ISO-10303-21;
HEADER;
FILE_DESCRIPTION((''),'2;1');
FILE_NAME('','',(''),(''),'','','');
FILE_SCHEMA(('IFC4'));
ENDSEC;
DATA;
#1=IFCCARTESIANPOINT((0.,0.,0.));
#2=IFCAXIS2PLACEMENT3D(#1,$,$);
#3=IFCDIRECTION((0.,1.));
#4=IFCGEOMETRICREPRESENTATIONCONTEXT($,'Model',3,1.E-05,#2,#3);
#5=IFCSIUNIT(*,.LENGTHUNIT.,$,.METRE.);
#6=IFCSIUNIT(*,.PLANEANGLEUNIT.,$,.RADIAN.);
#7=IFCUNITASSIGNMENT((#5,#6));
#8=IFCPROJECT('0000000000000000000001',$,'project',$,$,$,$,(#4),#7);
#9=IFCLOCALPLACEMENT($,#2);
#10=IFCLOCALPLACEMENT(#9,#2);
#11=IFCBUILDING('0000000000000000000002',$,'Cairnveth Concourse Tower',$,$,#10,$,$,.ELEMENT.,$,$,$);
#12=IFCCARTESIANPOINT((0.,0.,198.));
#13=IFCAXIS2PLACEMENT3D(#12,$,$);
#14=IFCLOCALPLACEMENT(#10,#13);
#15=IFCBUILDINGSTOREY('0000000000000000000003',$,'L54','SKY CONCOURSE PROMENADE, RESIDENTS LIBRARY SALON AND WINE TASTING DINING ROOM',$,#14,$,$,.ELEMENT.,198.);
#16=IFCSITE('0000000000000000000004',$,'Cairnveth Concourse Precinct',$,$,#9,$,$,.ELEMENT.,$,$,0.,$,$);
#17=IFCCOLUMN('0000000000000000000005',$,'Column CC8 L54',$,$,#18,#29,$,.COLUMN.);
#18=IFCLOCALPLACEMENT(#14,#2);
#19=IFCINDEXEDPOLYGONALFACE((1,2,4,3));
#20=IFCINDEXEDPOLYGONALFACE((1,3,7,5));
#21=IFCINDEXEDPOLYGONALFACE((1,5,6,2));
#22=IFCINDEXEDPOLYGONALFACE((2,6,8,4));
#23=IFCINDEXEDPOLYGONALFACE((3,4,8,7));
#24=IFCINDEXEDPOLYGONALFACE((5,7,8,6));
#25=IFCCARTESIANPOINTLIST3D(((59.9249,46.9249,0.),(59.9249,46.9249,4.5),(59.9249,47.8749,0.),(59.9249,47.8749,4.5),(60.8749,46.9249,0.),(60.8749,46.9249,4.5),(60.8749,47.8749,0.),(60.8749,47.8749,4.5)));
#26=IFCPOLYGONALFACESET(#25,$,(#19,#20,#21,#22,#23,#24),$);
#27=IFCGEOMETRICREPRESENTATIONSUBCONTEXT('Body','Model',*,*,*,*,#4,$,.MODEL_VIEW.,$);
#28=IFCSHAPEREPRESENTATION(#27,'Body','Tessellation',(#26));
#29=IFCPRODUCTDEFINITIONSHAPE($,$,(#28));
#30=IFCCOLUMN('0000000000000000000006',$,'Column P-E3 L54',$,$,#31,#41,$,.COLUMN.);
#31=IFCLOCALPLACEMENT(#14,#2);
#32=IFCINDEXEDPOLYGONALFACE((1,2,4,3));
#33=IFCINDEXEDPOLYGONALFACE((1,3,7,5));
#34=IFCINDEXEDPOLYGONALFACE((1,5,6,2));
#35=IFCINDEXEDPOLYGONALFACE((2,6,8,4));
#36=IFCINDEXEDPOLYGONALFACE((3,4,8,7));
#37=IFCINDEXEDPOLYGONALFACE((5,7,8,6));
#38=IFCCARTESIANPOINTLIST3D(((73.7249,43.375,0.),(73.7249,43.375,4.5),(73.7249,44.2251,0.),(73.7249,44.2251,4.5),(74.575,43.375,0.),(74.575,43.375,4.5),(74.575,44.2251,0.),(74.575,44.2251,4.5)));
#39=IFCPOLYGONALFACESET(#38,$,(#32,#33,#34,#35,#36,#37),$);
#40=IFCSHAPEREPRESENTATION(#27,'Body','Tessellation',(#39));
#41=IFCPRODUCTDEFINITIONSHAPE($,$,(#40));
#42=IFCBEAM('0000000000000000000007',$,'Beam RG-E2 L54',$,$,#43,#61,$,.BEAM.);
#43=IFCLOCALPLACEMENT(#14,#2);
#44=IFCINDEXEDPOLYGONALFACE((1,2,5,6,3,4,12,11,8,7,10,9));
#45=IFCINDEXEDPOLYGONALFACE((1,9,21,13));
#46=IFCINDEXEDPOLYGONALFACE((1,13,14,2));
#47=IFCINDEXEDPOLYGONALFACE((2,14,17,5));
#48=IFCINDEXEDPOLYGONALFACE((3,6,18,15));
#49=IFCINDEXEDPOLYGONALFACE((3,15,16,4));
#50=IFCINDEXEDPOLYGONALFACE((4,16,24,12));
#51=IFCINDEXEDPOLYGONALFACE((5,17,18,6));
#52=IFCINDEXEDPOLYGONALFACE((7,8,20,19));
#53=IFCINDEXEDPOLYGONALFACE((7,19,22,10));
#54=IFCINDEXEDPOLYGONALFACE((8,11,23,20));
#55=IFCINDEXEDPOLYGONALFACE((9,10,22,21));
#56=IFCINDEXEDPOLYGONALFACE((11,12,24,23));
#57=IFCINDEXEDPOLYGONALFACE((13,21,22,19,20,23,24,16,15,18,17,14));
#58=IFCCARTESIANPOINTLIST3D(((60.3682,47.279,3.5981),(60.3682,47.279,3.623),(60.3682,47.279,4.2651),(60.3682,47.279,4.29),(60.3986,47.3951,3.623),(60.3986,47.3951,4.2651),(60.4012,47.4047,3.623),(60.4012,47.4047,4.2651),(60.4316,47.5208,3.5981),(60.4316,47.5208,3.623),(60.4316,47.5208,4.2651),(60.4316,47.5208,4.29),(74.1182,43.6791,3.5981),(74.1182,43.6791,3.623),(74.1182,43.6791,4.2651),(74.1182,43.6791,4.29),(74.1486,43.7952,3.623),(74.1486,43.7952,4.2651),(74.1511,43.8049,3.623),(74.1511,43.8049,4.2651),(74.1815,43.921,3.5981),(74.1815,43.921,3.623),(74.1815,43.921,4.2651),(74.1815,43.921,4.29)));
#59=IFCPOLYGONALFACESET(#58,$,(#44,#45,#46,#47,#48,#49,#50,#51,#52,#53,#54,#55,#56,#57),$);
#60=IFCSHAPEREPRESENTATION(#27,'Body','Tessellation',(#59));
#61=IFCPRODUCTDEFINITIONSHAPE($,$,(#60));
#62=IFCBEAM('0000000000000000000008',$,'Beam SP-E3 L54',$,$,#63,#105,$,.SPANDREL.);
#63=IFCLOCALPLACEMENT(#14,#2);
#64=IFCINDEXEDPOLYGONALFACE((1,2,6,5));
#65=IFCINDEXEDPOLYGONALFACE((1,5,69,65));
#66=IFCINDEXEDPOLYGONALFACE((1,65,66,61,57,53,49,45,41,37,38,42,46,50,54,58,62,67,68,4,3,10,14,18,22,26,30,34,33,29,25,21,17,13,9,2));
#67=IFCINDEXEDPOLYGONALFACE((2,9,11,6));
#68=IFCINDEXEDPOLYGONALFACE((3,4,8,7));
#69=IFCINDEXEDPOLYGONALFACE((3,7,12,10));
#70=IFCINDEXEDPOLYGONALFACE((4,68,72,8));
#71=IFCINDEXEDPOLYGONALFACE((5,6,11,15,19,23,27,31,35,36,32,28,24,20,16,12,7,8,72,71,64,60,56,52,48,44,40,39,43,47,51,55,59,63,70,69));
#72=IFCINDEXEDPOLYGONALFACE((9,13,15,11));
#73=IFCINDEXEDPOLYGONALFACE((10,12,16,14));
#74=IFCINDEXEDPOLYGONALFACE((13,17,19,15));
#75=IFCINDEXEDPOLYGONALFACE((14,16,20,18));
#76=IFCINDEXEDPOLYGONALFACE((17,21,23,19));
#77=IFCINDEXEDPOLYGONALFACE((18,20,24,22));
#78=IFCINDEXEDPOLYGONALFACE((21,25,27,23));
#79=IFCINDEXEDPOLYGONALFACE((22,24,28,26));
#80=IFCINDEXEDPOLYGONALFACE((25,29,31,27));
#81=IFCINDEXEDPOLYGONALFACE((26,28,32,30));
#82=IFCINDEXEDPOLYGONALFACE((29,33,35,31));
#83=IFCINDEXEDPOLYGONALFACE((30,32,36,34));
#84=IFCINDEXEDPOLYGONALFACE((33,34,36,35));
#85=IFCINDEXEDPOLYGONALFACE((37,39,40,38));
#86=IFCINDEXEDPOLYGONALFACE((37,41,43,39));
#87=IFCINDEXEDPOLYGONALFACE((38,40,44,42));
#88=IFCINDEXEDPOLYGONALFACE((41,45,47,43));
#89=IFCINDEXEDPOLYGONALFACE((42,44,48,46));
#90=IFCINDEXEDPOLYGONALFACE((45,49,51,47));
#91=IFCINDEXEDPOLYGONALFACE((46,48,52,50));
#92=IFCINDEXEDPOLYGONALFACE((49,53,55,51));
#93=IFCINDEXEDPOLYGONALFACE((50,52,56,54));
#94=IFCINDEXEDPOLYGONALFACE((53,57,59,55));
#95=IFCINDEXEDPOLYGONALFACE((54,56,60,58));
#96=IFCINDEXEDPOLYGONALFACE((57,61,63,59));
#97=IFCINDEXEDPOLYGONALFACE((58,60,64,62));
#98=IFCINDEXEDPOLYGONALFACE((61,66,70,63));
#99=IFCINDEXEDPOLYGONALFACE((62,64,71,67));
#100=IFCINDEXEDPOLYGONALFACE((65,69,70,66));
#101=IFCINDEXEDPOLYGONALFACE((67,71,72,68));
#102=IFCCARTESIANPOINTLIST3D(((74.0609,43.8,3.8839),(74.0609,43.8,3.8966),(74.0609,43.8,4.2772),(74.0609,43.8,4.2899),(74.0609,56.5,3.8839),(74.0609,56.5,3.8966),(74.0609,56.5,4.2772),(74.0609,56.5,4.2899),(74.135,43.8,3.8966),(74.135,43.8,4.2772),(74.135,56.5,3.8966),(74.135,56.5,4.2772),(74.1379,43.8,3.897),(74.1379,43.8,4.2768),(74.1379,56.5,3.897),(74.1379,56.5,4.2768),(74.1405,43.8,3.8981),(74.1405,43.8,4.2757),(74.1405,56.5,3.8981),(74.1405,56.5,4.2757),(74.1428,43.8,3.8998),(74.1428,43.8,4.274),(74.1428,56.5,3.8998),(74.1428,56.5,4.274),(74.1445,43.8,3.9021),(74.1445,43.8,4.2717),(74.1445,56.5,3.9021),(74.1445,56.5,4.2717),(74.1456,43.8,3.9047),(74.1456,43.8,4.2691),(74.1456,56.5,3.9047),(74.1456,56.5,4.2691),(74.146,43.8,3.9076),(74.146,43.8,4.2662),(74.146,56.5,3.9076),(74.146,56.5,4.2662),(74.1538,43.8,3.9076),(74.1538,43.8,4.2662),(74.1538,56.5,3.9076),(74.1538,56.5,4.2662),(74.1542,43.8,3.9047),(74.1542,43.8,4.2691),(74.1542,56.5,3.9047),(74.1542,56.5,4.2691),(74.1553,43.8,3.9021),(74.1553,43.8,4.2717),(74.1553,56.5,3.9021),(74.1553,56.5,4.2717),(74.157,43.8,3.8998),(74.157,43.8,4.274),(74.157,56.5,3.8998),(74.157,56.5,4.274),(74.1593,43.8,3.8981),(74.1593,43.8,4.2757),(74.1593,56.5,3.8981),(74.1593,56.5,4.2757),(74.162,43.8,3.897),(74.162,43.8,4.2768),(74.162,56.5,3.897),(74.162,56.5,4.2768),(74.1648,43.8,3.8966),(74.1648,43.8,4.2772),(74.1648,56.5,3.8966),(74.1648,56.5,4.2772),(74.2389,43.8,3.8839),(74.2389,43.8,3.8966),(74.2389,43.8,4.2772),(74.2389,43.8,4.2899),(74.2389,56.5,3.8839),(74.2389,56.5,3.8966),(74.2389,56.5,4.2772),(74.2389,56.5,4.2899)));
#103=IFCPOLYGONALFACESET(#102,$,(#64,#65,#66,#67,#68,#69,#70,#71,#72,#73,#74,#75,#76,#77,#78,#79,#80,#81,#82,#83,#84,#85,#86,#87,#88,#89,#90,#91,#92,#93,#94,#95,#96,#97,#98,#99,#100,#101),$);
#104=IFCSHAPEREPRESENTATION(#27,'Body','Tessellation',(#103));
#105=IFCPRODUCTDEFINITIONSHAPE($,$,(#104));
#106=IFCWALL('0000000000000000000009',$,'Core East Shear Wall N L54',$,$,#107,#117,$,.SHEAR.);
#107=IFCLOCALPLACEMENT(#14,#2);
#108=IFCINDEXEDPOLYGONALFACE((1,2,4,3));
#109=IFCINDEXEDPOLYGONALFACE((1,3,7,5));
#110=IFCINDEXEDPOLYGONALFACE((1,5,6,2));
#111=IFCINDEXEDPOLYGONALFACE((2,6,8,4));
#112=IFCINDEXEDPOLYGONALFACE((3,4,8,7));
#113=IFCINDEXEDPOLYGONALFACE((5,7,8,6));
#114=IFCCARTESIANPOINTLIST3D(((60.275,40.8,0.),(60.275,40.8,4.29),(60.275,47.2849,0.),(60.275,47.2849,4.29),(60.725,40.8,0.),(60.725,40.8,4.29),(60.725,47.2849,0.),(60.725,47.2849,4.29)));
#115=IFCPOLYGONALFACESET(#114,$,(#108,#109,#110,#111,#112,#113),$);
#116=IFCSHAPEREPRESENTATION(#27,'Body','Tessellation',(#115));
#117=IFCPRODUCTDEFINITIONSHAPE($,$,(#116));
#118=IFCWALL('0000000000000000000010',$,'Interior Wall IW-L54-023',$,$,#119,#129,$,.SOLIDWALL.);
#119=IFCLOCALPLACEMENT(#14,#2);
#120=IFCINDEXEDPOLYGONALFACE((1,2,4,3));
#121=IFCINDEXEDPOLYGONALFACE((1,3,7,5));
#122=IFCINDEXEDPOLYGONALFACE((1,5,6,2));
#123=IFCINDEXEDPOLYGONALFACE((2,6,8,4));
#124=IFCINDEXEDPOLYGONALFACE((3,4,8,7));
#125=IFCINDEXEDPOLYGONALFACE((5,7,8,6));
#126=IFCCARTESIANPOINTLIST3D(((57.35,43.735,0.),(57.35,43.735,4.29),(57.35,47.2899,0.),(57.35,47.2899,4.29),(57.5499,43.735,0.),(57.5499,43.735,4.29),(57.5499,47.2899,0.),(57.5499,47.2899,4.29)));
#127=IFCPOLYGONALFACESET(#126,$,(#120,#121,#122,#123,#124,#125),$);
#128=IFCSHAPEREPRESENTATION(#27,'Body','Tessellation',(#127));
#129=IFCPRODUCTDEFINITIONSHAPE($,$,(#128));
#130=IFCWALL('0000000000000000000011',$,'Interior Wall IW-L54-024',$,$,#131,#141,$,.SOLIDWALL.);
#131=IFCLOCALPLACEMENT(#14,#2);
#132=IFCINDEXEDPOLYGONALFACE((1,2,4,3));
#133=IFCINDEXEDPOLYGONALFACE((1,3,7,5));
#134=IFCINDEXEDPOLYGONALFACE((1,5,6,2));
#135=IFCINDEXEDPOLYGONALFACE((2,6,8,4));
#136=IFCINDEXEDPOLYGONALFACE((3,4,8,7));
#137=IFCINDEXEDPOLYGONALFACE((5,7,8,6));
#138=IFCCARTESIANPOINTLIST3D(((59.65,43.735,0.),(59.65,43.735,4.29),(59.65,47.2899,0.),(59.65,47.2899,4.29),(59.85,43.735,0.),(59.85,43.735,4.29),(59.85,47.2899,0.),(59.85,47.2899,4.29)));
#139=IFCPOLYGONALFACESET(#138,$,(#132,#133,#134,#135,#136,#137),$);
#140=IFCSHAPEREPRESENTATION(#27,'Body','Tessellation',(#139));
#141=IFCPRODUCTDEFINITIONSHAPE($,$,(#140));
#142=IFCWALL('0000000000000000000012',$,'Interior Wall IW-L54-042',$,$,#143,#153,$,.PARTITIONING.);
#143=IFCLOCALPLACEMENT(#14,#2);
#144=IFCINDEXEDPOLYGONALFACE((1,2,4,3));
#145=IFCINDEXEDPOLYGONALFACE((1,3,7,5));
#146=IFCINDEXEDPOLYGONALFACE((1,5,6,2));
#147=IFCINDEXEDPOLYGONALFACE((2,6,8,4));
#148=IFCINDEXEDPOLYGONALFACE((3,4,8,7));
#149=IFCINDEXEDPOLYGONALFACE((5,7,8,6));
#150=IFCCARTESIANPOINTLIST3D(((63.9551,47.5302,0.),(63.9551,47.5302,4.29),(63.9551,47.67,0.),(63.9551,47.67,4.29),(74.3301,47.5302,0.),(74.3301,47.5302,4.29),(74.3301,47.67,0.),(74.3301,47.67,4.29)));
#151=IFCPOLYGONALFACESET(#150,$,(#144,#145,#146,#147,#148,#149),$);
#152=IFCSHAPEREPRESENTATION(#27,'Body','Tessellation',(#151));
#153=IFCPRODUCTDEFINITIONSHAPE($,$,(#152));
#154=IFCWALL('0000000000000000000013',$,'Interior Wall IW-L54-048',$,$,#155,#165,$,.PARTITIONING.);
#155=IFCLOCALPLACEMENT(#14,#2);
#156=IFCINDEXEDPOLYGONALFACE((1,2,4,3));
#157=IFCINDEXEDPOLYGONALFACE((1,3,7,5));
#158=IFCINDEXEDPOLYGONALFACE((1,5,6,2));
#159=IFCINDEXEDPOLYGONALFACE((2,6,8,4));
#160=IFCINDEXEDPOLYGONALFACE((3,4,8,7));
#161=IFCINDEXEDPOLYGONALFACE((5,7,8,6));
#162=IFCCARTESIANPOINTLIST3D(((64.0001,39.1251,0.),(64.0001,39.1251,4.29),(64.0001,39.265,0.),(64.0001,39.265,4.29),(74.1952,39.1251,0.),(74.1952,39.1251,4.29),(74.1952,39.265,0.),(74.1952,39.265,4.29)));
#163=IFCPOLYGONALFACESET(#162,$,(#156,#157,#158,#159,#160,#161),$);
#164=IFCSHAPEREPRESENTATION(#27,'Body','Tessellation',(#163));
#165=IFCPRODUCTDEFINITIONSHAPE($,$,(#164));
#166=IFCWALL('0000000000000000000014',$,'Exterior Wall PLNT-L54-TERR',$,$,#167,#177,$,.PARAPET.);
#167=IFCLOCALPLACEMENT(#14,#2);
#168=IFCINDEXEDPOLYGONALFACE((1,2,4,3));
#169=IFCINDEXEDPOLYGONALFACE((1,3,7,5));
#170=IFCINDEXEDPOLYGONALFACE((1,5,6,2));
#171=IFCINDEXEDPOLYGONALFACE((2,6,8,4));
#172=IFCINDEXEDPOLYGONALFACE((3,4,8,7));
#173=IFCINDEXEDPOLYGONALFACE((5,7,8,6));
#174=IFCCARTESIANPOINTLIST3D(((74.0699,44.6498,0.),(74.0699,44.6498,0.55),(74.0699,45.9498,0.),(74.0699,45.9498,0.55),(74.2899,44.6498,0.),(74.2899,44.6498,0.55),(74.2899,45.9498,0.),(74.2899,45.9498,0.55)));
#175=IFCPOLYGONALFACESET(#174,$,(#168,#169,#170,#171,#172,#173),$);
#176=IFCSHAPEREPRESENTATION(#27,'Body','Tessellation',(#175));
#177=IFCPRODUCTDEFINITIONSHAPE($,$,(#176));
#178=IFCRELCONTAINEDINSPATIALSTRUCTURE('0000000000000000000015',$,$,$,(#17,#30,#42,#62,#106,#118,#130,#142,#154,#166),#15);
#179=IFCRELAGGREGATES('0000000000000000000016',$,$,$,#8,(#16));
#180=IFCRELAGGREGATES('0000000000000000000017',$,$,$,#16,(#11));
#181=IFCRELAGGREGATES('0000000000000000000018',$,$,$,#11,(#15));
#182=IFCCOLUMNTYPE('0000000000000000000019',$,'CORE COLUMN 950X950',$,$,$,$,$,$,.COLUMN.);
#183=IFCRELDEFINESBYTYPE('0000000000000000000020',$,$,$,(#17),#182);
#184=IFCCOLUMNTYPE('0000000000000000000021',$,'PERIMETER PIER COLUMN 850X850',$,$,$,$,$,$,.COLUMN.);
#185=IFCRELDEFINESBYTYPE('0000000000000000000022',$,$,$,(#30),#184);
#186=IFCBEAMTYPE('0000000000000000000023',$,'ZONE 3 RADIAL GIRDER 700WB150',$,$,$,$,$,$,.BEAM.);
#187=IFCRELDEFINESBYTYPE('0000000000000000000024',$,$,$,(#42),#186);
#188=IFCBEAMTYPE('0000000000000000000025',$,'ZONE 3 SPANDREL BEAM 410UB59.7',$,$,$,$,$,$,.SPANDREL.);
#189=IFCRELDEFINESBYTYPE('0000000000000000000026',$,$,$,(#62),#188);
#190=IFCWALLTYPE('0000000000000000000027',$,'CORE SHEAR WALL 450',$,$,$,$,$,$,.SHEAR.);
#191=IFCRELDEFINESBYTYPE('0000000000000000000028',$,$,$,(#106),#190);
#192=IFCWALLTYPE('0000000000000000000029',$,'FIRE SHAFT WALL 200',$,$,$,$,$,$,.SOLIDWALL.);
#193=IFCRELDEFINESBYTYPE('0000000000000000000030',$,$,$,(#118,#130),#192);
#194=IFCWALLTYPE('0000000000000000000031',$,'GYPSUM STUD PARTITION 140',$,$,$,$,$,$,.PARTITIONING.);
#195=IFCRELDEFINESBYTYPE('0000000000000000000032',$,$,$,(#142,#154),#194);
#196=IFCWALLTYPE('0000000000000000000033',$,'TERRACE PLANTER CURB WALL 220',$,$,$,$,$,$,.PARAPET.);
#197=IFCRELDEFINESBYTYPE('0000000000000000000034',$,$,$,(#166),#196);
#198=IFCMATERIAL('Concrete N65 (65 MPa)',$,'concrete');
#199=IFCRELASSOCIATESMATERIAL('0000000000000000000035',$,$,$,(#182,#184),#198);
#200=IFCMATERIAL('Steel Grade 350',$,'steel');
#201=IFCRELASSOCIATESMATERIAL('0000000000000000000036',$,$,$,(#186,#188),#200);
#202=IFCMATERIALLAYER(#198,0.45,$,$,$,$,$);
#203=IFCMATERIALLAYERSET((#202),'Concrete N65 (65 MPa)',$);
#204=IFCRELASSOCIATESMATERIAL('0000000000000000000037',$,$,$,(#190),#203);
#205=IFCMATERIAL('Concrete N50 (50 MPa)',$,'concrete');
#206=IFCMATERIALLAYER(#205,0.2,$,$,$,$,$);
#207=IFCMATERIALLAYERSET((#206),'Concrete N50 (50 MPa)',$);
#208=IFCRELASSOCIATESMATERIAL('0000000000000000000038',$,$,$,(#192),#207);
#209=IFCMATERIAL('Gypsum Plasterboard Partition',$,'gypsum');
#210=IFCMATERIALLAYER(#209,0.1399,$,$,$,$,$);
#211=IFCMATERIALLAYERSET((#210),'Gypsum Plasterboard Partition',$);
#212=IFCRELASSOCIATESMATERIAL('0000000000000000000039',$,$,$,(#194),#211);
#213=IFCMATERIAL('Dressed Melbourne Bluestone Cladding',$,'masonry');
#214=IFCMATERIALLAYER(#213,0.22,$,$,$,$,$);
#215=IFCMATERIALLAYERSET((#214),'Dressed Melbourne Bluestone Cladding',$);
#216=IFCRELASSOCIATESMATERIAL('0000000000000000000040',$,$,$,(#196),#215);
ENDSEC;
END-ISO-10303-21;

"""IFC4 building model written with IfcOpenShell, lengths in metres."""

from ifc_helpers import new_model, si_unit, direction, frame, frame_2d, origin, origin_2d, place, context, subcontext, project, spatial, rectangle, i_section, extrude, material, layer, layer_set, material_profile, profile_set, type_object, element, save


model = new_model("IFC4")

# Units and contexts
model_context = context("Model", 3, precision=1e-05, world=origin(), true_north=direction((0.0, 1.0)))
body_context = subcontext(model_context, "Body", "Model", "MODEL_VIEW")
ifc_project = project(units=[si_unit("LENGTHUNIT", "METRE"), si_unit("PLANEANGLEUNIT", "RADIAN")], contexts=[model_context])

# Site, building, storey
site_placement = place(None, origin())
site = spatial("IfcSite", under=ifc_project, at=site_placement, Name="Cairnveth Concourse Precinct", CompositionType="ELEMENT", RefElevation=0.0)
building_placement = place(site_placement, origin())
building = spatial("IfcBuilding", under=site, at=building_placement, Name="Cairnveth Concourse Tower", CompositionType="ELEMENT")
storey_placement = place(building_placement, frame((0.0, 0.0, 198.0)))
storey = spatial("IfcBuildingStorey", under=building, at=storey_placement, Name="L54", Description="SKY CONCOURSE PROMENADE, RESIDENTS LIBRARY SALON AND WINE TASTING DINING ROOM", CompositionType="ELEMENT", Elevation=198.0)

# Columns
ifc_material_1 = material(Name="Concrete N65 (65 MPa)", Category="concrete")
ifc_material_profile_1 = material_profile(ifc_material_1, rectangle(XDim=0.95, YDim=0.95, at=origin_2d()), Name="RC-COL-950x950")
ifc_profile_set_1 = profile_set([ifc_material_profile_1], Name="Concrete N65 (65 MPa)")
column_type_1 = type_object("IfcColumnType", Name="CORE COLUMN 950X950", PredefinedType="COLUMN", material=ifc_profile_set_1)
column_1_placement = place(storey_placement, frame((60.3999, 47.3999, 0.0), z_axis=(0.0, 0.0, 1.0), x_axis=(1.0, 0.0, 0.0)))
element("IfcColumn", 1, at=column_1_placement, inside=storey, type_object=column_type_1, Name="Column CC8 L54", PredefinedType="COLUMN", context=body_context, shape_type="SweptSolid", body=[
    extrude(rectangle(XDim=0.95, YDim=0.95, at=origin_2d()), origin(), (0.0, 0.0, 1.0), 4.5),
])
ifc_material_profile_2 = material_profile(ifc_material_1, rectangle(XDim=0.8501, YDim=0.8501, at=origin_2d()), Name="RC-COL-850x850")
ifc_profile_set_2 = profile_set([ifc_material_profile_2], Name="Concrete N65 (65 MPa)")
column_type_2 = type_object("IfcColumnType", Name="PERIMETER PIER COLUMN 850X850", PredefinedType="COLUMN", material=ifc_profile_set_2)
column_2_placement = place(storey_placement, frame((74.1499, 43.8, 0.0), z_axis=(0.0, 0.0, 1.0), x_axis=(0.0, 1.0, 0.0)))
element("IfcColumn", 2, at=column_2_placement, inside=storey, type_object=column_type_2, Name="Column P-E3 L54", PredefinedType="COLUMN", context=body_context, shape_type="SweptSolid", body=[
    extrude(rectangle(XDim=0.8501, YDim=0.8501, at=origin_2d()), origin(), (0.0, 0.0, 1.0), 4.5),
])

# Beams
ifc_material_2 = material(Name="Steel Grade 350", Category="steel")
ifc_material_profile_3 = material_profile(ifc_material_2, i_section(OverallWidth=0.25, OverallDepth=0.6919, WebThickness=0.01, FlangeThickness=0.0249, at=origin_2d()), Name="700WB150")
ifc_profile_set_3 = profile_set([ifc_material_profile_3], Name="Steel Grade 350")
beam_type_1 = type_object("IfcBeamType", Name="ZONE 3 RADIAL GIRDER 700WB150", PredefinedType="BEAM", material=ifc_profile_set_3)
beam_1_placement = place(storey_placement, frame((60.3999, 47.3999, 3.9441), z_axis=(0.967395, -0.253271, 0.0), x_axis=(0.253271, 0.967395, 0.0)))
element("IfcBeam", 3, at=beam_1_placement, inside=storey, type_object=beam_type_1, Name="Beam RG-E2 L54", PredefinedType="BEAM", context=body_context, shape_type="SweptSolid", body=[
    extrude(i_section(OverallWidth=0.25, OverallDepth=0.6919, WebThickness=0.01, FlangeThickness=0.0249, at=origin_2d()), origin(), (0.0, 0.0, 1.0), 14.2134),
])
ifc_material_profile_4 = material_profile(ifc_material_2, i_section(OverallWidth=0.178, OverallDepth=0.406, WebThickness=0.0078, FlangeThickness=0.0127, FilletRadius=0.011, at=origin_2d()), Name="410UB59.7")
ifc_profile_set_4 = profile_set([ifc_material_profile_4], Name="Steel Grade 350")
beam_type_2 = type_object("IfcBeamType", Name="ZONE 3 SPANDREL BEAM 410UB59.7", PredefinedType="SPANDREL", material=ifc_profile_set_4)
beam_2_placement = place(storey_placement, frame((74.1499, 43.8, 4.0869), z_axis=(0.0, 1.0, 0.0), x_axis=(-1.0, 0.0, 0.0)))
element("IfcBeam", 4, at=beam_2_placement, inside=storey, type_object=beam_type_2, Name="Beam SP-E3 L54", PredefinedType="SPANDREL", context=body_context, shape_type="SweptSolid", body=[
    extrude(i_section(OverallWidth=0.178, OverallDepth=0.406, WebThickness=0.0078, FlangeThickness=0.0127, FilletRadius=0.011, at=origin_2d()), origin(), (0.0, 0.0, 1.0), 12.7),
])

# Walls
ifc_layer_1 = layer(ifc_material_1, 0.45)
ifc_layer_set_1 = layer_set([ifc_layer_1], Name="Concrete N65 (65 MPa)")
wall_type_1 = type_object("IfcWallType", Name="CORE SHEAR WALL 450", PredefinedType="SHEAR", material=ifc_layer_set_1)
wall_1_placement = place(storey_placement, frame((60.5, 40.8, 0.0), z_axis=(0.0, 0.0, 1.0), x_axis=(0.0, 1.0, 0.0)))
element("IfcWall", 5, at=wall_1_placement, inside=storey, type_object=wall_type_1, Name="Core East Shear Wall N L54", PredefinedType="SHEAR", context=body_context, shape_type="SweptSolid", body=[
    extrude(rectangle(XDim=6.4849, YDim=0.45, at=frame_2d((3.2424, 0.0))), origin(), (0.0, 0.0, 1.0), 4.29),
])
ifc_material_3 = material(Name="Concrete N50 (50 MPa)", Category="concrete")
ifc_layer_2 = layer(ifc_material_3, 0.2)
ifc_layer_set_2 = layer_set([ifc_layer_2], Name="Concrete N50 (50 MPa)")
wall_type_2 = type_object("IfcWallType", Name="FIRE SHAFT WALL 200", PredefinedType="SOLIDWALL", material=ifc_layer_set_2)
for number, where, z_axis, x_axis, name in (
    (6, (57.45, 43.7351, 0.0), (0.0, 0.0, 1.0), (0.0, 1.0, 0.0), "Interior Wall IW-L54-023"),
    (7, (59.75, 43.7351, 0.0), (0.0, 0.0, 1.0), (0.0, 1.0, 0.0), "Interior Wall IW-L54-024"),
):
    element("IfcWall", number, at=place(storey_placement, frame(where, z_axis=z_axis, x_axis=x_axis)), inside=storey, type_object=wall_type_2, Name=name, PredefinedType="SOLIDWALL", context=body_context, shape_type="SweptSolid", body=[
        extrude(rectangle(XDim=3.5549, YDim=0.2, at=frame_2d((1.7773, 0.0))), origin(), (0.0, 0.0, 1.0), 4.29),
    ])
ifc_material_4 = material(Name="Gypsum Plasterboard Partition", Category="gypsum")
ifc_layer_3 = layer(ifc_material_4, 0.1399)
ifc_layer_set_3 = layer_set([ifc_layer_3], Name="Gypsum Plasterboard Partition")
wall_type_3 = type_object("IfcWallType", Name="GYPSUM STUD PARTITION 140", PredefinedType="PARTITIONING", material=ifc_layer_set_3)
wall_2_placement = place(storey_placement, frame((63.9551, 47.6001, 0.0), z_axis=(0.0, 0.0, 1.0), x_axis=(1.0, 0.0, 0.0)))
element("IfcWall", 8, at=wall_2_placement, inside=storey, type_object=wall_type_3, Name="Interior Wall IW-L54-042", PredefinedType="PARTITIONING", context=body_context, shape_type="SweptSolid", body=[
    extrude(rectangle(XDim=10.375, YDim=0.1399, at=frame_2d((5.1875, 0.0))), origin(), (0.0, 0.0, 1.0), 4.29),
])
wall_3_placement = place(storey_placement, frame((64.0, 39.1951, 0.0), z_axis=(0.0, 0.0, 1.0), x_axis=(1.0, 0.0, 0.0)))
element("IfcWall", 9, at=wall_3_placement, inside=storey, type_object=wall_type_3, Name="Interior Wall IW-L54-048", PredefinedType="PARTITIONING", context=body_context, shape_type="SweptSolid", body=[
    extrude(rectangle(XDim=10.1951, YDim=0.1399, at=frame_2d((5.0977, 0.0))), origin(), (0.0, 0.0, 1.0), 4.29),
])
ifc_material_5 = material(Name="Dressed Melbourne Bluestone Cladding", Category="masonry")
ifc_layer_4 = layer(ifc_material_5, 0.22)
ifc_layer_set_4 = layer_set([ifc_layer_4], Name="Dressed Melbourne Bluestone Cladding")
wall_type_4 = type_object("IfcWallType", Name="TERRACE PLANTER CURB WALL 220", PredefinedType="PARAPET", material=ifc_layer_set_4)
wall_4_placement = place(storey_placement, frame((74.1799, 44.6499, 0.0), z_axis=(0.0, 0.0, 1.0), x_axis=(0.0, 1.0, 0.0)))
element("IfcWall", 10, at=wall_4_placement, inside=storey, type_object=wall_type_4, Name="Exterior Wall PLNT-L54-TERR", PredefinedType="PARAPET", context=body_context, shape_type="SweptSolid", body=[
    extrude(rectangle(XDim=1.3, YDim=0.22, at=frame_2d((0.6499, 0.0))), origin(), (0.0, 0.0, 1.0), 0.55),
])

save(model, "model.ifc")
